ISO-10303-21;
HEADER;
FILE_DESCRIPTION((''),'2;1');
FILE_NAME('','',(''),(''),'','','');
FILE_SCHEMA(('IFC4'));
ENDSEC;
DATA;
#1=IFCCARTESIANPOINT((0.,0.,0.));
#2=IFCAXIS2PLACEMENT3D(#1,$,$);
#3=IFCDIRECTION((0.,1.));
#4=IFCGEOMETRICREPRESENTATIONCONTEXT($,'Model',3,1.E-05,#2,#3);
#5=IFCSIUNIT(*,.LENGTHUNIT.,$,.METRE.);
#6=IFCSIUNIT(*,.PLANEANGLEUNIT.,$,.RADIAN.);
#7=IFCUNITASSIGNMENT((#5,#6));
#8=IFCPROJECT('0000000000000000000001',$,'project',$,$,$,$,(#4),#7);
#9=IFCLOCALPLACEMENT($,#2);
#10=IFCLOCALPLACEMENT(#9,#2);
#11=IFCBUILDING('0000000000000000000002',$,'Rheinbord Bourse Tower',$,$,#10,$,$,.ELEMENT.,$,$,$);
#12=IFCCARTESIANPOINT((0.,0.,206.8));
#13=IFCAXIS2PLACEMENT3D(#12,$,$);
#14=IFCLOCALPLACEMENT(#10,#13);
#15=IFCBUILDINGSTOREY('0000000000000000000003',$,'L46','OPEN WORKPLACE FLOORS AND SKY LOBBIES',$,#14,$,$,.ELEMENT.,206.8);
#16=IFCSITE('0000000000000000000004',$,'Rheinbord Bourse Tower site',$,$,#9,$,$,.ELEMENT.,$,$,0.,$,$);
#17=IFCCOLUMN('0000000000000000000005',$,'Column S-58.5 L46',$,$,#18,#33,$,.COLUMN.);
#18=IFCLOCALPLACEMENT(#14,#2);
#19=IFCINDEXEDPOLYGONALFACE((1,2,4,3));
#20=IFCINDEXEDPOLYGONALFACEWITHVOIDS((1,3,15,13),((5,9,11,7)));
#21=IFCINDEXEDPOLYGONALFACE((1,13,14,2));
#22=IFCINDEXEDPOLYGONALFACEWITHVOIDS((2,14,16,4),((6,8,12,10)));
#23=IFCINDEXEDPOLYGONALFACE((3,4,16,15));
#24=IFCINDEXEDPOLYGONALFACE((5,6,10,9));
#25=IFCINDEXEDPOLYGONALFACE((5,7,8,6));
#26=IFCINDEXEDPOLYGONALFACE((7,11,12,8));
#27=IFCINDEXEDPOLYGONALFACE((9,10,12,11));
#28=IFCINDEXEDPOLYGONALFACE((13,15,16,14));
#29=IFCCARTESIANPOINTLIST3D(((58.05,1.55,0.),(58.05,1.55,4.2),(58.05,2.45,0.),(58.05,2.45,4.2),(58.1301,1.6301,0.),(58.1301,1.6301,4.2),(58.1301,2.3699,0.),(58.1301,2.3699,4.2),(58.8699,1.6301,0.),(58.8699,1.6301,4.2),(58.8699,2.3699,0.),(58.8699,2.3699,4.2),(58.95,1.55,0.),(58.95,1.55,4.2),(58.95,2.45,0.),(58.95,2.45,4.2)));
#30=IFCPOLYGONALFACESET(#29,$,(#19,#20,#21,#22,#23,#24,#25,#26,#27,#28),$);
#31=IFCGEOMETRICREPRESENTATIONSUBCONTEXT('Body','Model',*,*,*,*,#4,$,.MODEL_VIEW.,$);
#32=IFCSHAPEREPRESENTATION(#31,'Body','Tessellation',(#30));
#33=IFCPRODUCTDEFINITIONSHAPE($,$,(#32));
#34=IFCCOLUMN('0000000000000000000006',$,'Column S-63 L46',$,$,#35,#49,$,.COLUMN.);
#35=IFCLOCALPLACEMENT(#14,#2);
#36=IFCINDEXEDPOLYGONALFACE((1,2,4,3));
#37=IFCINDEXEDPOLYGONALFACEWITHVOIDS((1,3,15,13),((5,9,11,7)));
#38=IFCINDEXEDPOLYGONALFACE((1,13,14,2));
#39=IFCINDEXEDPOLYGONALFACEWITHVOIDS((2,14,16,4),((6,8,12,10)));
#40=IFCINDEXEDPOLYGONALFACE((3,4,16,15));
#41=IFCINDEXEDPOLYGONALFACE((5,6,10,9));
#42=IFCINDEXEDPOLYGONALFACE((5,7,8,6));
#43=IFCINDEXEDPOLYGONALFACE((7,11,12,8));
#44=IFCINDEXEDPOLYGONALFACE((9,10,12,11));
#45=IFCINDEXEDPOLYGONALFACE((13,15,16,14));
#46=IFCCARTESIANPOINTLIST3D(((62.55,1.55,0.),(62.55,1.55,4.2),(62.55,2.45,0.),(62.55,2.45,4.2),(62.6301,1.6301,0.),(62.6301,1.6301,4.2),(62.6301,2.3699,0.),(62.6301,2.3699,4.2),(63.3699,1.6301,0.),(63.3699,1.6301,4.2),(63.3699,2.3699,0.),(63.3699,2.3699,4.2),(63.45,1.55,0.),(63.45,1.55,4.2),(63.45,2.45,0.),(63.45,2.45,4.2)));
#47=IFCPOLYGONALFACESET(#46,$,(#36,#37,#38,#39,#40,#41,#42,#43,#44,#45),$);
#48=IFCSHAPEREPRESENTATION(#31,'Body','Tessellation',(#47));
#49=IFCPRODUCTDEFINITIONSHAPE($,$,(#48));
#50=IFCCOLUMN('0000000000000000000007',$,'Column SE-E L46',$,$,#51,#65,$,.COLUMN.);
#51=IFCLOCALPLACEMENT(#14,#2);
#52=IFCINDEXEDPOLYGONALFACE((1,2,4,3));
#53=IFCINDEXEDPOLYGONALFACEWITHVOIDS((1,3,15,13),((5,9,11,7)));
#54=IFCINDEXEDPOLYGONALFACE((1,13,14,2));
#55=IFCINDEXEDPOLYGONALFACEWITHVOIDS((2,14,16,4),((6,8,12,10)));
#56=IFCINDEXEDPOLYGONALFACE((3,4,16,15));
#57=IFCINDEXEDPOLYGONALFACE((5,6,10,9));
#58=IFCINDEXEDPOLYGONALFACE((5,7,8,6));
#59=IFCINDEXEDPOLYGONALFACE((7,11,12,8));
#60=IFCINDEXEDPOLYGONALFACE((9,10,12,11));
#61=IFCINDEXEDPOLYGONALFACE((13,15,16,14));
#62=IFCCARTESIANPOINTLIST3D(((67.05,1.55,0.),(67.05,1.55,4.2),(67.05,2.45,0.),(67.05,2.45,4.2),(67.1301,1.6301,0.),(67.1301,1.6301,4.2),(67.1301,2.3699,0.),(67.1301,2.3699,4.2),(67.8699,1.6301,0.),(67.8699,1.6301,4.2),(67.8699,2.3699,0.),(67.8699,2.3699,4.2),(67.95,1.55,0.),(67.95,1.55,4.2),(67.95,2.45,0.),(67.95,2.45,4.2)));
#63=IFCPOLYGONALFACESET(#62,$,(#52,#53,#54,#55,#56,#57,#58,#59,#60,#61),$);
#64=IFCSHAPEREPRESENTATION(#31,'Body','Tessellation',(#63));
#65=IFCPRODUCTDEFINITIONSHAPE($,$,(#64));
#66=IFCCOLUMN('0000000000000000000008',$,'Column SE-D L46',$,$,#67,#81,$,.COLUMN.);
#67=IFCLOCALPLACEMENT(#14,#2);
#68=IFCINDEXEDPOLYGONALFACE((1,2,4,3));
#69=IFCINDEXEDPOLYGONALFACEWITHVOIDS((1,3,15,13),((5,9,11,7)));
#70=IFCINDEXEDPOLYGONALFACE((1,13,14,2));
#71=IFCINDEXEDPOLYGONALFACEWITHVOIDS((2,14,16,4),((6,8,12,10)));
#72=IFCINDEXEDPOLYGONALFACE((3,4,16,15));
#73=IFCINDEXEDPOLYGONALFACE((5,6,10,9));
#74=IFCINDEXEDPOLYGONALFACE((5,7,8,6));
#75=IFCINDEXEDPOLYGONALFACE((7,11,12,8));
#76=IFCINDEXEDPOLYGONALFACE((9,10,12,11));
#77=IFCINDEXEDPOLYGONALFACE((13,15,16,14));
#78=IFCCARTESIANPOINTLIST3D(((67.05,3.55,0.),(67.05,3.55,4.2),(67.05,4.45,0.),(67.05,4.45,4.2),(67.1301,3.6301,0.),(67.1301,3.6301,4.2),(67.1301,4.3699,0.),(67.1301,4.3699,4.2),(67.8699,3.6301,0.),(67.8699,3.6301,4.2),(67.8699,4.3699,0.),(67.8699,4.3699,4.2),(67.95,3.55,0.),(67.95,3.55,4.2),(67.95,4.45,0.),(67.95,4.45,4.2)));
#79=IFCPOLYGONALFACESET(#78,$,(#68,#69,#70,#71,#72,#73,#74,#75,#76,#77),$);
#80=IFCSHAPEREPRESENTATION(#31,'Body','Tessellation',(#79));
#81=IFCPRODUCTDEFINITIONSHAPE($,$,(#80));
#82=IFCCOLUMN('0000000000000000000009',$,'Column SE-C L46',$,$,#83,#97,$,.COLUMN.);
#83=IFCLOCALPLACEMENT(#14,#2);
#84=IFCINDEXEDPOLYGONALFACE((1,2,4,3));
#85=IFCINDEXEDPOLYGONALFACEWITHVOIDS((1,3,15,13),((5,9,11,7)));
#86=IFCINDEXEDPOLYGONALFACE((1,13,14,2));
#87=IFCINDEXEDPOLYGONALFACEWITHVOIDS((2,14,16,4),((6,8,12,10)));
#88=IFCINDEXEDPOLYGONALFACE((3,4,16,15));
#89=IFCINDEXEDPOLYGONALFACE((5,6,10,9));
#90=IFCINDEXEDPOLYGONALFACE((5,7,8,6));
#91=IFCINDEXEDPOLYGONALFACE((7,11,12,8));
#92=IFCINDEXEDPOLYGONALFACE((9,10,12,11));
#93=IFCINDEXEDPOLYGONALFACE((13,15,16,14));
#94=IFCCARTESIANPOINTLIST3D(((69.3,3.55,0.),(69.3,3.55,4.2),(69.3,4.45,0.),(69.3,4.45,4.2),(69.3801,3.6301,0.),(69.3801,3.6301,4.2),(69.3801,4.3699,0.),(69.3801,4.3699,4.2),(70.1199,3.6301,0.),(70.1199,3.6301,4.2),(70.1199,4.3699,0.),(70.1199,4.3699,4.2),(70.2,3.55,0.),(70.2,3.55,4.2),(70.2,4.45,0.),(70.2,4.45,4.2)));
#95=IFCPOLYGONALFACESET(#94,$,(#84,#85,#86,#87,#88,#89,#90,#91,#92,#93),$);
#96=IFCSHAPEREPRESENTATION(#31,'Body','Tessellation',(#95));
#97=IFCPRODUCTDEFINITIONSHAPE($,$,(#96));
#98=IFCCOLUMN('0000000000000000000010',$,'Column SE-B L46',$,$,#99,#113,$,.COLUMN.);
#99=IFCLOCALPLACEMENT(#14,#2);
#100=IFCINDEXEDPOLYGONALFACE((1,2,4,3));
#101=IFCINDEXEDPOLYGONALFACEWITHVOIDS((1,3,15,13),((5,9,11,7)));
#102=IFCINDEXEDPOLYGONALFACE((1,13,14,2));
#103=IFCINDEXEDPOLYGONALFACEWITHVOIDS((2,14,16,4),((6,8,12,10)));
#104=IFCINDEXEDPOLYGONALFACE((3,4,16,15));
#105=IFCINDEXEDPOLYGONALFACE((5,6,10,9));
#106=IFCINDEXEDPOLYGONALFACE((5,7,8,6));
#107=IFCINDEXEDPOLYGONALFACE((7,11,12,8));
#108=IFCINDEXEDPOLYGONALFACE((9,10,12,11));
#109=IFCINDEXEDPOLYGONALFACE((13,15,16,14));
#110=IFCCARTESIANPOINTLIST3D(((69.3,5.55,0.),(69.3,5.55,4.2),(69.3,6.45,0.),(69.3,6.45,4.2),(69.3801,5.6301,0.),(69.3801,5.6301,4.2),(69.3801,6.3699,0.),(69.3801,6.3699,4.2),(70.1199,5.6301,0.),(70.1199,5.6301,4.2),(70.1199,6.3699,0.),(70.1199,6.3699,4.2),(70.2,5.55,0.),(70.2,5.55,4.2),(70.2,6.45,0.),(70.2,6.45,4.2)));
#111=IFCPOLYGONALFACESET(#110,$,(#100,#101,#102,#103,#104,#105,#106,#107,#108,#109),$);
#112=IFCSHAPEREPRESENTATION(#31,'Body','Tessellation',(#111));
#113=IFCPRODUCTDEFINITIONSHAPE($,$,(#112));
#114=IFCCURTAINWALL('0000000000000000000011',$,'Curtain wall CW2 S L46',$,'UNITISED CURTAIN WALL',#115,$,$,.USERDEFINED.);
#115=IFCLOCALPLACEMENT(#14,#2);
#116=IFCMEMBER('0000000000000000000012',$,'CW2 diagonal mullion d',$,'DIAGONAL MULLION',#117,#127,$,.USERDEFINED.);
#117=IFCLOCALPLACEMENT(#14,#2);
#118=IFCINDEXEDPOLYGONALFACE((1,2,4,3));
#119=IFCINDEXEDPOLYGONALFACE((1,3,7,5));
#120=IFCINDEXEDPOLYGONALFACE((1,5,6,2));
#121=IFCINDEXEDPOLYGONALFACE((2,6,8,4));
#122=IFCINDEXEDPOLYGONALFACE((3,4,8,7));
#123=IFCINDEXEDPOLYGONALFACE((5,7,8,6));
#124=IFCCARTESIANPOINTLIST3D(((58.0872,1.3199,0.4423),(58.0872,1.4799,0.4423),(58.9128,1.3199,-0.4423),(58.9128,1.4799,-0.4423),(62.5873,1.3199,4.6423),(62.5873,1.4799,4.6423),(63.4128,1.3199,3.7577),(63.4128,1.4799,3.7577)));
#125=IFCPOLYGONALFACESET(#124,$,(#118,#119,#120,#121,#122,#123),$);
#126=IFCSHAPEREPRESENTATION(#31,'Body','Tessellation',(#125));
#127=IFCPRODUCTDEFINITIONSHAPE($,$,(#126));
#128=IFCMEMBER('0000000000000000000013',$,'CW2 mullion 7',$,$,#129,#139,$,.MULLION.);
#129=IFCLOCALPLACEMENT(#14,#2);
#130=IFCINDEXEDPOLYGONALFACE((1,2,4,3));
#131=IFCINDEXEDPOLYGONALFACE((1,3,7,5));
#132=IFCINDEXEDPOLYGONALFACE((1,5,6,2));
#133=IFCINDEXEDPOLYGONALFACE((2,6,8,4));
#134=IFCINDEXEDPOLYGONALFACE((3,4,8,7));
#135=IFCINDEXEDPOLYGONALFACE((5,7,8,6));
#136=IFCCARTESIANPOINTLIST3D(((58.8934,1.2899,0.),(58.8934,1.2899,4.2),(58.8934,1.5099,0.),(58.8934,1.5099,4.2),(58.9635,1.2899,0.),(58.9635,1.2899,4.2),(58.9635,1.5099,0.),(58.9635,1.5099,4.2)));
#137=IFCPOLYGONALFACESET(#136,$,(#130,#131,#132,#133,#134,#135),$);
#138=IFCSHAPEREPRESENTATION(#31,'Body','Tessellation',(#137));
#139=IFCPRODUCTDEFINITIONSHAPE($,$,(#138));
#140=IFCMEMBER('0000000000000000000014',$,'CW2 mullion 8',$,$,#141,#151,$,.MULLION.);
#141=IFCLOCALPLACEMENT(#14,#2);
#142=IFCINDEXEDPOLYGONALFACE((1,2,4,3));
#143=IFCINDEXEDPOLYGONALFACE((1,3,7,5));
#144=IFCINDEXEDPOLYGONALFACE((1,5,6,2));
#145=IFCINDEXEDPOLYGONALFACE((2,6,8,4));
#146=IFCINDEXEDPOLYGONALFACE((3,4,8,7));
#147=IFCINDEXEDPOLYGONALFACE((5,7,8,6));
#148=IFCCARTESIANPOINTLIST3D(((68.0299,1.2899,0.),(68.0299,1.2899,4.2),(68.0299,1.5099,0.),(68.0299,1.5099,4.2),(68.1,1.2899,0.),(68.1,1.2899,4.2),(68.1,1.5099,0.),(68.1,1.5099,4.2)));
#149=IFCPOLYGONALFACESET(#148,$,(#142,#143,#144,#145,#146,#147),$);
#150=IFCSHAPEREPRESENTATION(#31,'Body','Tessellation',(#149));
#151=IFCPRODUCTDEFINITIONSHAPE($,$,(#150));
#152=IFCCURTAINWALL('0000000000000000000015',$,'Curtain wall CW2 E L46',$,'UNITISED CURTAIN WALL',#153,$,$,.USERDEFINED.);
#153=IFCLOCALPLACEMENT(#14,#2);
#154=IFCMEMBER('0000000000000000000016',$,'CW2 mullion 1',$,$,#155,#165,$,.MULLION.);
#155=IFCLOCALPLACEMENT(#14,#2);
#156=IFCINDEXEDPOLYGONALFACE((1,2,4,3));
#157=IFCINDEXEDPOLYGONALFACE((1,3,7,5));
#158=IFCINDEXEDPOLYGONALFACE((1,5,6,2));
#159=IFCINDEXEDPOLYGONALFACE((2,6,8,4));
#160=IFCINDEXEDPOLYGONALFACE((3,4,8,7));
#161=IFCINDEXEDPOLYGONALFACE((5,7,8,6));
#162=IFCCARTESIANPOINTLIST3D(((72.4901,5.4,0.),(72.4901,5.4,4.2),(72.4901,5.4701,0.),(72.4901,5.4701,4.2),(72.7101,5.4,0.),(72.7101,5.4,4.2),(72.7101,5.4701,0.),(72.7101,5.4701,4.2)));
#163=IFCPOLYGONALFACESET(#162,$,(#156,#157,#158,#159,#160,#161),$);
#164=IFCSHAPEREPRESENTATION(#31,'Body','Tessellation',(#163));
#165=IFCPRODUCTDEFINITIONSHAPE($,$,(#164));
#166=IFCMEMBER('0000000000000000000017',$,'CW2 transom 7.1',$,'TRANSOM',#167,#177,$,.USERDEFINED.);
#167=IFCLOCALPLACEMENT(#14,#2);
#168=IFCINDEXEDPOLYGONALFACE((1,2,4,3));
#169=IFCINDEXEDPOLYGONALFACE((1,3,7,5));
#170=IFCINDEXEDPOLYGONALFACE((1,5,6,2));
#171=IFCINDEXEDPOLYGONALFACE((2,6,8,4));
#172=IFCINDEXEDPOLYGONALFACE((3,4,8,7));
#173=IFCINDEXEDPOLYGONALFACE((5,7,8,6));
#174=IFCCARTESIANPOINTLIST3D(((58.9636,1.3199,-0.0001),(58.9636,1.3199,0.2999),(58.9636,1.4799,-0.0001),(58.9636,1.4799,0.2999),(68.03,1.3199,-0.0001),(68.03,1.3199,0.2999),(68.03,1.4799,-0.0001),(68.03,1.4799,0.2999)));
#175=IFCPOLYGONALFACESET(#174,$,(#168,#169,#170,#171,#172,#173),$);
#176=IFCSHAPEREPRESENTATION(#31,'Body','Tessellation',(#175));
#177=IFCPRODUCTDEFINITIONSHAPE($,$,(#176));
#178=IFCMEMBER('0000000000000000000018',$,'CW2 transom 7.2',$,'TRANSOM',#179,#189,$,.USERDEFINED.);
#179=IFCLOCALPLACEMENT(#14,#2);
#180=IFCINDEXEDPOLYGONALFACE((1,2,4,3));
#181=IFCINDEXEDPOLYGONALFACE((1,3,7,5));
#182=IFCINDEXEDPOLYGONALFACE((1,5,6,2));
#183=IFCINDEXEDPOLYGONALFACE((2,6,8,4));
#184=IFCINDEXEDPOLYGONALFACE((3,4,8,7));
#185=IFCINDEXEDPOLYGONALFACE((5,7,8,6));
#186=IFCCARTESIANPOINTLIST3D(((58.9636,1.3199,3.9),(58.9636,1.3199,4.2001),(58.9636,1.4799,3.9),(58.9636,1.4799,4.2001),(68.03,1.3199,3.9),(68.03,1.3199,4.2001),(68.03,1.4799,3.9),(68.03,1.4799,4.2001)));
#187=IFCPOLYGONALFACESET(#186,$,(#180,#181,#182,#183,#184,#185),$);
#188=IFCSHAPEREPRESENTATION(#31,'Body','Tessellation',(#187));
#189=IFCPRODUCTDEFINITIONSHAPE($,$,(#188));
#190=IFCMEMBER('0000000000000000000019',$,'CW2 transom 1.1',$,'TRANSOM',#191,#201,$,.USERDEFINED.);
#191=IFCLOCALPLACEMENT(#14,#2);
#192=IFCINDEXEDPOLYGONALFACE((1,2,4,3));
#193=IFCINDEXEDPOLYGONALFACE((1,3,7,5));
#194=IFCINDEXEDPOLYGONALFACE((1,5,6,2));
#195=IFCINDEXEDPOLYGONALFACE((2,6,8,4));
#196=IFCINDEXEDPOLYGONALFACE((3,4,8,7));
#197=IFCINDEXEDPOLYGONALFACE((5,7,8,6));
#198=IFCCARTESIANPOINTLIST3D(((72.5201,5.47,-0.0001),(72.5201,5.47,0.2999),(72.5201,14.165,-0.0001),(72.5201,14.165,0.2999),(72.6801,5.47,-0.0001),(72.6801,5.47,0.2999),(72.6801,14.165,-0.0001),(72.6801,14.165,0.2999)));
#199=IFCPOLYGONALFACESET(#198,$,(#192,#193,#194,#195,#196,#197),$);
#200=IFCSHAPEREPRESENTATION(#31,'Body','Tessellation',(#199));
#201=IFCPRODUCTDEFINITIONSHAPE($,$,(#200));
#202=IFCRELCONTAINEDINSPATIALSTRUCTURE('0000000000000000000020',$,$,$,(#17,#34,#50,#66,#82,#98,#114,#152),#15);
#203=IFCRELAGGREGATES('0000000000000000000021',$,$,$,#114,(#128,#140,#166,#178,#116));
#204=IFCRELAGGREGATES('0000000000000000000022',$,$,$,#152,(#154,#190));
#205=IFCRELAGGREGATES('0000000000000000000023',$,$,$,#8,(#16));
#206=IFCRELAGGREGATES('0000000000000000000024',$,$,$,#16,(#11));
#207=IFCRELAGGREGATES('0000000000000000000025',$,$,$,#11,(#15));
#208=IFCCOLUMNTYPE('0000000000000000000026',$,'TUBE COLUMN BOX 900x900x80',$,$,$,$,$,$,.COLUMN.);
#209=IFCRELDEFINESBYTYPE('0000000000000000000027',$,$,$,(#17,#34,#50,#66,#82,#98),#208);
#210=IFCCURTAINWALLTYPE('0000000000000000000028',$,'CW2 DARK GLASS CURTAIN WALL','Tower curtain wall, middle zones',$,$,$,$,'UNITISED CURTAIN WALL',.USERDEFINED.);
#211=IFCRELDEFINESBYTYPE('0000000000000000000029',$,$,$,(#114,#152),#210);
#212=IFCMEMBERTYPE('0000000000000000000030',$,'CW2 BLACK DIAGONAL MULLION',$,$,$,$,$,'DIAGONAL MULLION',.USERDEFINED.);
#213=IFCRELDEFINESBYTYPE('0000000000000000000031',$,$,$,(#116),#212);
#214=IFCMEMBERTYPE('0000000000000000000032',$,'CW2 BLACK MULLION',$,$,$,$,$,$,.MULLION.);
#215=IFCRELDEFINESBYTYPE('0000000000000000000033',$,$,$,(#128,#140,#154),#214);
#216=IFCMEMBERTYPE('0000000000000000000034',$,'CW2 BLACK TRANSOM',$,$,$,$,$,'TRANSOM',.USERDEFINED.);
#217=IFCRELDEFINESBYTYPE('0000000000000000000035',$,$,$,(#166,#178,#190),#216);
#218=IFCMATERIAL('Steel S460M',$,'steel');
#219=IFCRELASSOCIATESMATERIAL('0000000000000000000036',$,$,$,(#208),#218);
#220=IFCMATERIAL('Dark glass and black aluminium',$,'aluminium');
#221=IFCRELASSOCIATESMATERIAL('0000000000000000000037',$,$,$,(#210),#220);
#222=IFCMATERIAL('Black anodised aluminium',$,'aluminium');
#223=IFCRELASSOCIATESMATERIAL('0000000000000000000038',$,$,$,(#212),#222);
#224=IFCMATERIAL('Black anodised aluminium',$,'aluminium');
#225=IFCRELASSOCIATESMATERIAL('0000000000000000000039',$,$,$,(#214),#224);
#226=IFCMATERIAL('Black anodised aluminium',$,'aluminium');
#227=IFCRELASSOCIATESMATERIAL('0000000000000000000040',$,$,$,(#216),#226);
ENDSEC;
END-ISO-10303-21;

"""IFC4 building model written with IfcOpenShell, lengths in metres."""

from ifc_helpers import new_model, si_unit, direction, frame, origin, origin_2d, place, context, subcontext, project, spatial, rectangle, hollow_rectangle, extrude, material, material_profile, profile_set, type_object, element, aggregate, save


model = new_model("IFC4")

# Units and contexts
model_context = context("Model", 3, precision=1e-05, world=origin(), true_north=direction((0.0, 1.0)))
body_context = subcontext(model_context, "Body", "Model", "MODEL_VIEW")
ifc_project = project(units=[si_unit("LENGTHUNIT", "METRE"), si_unit("PLANEANGLEUNIT", "RADIAN")], contexts=[model_context])

# Site, building, storey
site_placement = place(None, origin())
site = spatial("IfcSite", under=ifc_project, at=site_placement, Name="Rheinbord Bourse Tower site", CompositionType="ELEMENT", RefElevation=0.0)
building_placement = place(site_placement, origin())
building = spatial("IfcBuilding", under=site, at=building_placement, Name="Rheinbord Bourse Tower", CompositionType="ELEMENT")
storey_placement = place(building_placement, frame((0.0, 0.0, 206.8)))
storey = spatial("IfcBuildingStorey", under=building, at=storey_placement, Name="L46", Description="OPEN WORKPLACE FLOORS AND SKY LOBBIES", CompositionType="ELEMENT", Elevation=206.8)

# Columns
ifc_material_1 = material(Name="Steel S460M", Category="steel")
ifc_material_profile_1 = material_profile(ifc_material_1, hollow_rectangle(XDim=0.8999, YDim=0.8999, WallThickness=0.0801, at=origin_2d()), Name="BOX 900x900x80")
ifc_profile_set_1 = profile_set([ifc_material_profile_1], Name="Steel S460M")
column_type = type_object("IfcColumnType", Name="TUBE COLUMN BOX 900x900x80", PredefinedType="COLUMN", material=ifc_profile_set_1)
for number, where, z_axis, x_axis, name in (
    (1, (58.5, 2.0, 0.0), (0.0, 0.0, 1.0), (0.0, 1.0, 0.0), "Column S-58.5 L46"),
    (2, (63.0, 2.0, 0.0), (0.0, 0.0, 1.0), (0.0, 1.0, 0.0), "Column S-63 L46"),
    (3, (67.5, 2.0, 0.0), (0.0, 0.0, 1.0), (0.0, 1.0, 0.0), "Column SE-E L46"),
    (4, (67.5, 4.0, 0.0), (0.0, 0.0, 1.0), (0.0, 1.0, 0.0), "Column SE-D L46"),
    (5, (69.75, 4.0, 0.0), (0.0, 0.0, 1.0), (1.0, 0.0, 0.0), "Column SE-C L46"),
    (6, (69.75, 6.0, 0.0), (0.0, 0.0, 1.0), (1.0, 0.0, 0.0), "Column SE-B L46"),
):
    element("IfcColumn", number, at=place(storey_placement, frame(where, z_axis=z_axis, x_axis=x_axis)), inside=storey, type_object=column_type, Name=name, PredefinedType="COLUMN", context=body_context, shape_type="SweptSolid", body=[
        extrude(hollow_rectangle(XDim=0.8999, YDim=0.8999, WallThickness=0.0801, at=origin_2d()), origin(), (0.0, 0.0, 1.0), 4.2),
    ])

# Curtain wall, members
ifc_material_2 = material(Name="Dark glass and black aluminium", Category="aluminium")
curtain_wall_type = type_object("IfcCurtainWallType", Name="CW2 DARK GLASS CURTAIN WALL", Description="Tower curtain wall, middle zones", ElementType="UNITISED CURTAIN WALL", PredefinedType="USERDEFINED", material=ifc_material_2)
curtain_wall_1_placement = place(storey_placement, origin())
curtain_wall_1 = element("IfcCurtainWall", 7, at=curtain_wall_1_placement, inside=storey, type_object=curtain_wall_type, Name="Curtain wall CW2 S L46", ObjectType="UNITISED CURTAIN WALL", PredefinedType="USERDEFINED")
ifc_material_3 = material(Name="Black anodised aluminium", Category="aluminium")
ifc_material_profile_2 = material_profile(ifc_material_3, rectangle(XDim=0.1599, YDim=1.21, at=origin_2d()), Name="CW2 DIAGONAL MULLION 1210x160")
ifc_profile_set_2 = profile_set([ifc_material_profile_2], Name="Black anodised aluminium")
member_type_1 = type_object("IfcMemberType", Name="CW2 BLACK DIAGONAL MULLION", ElementType="DIAGONAL MULLION", PredefinedType="USERDEFINED", material=ifc_profile_set_2)
member_1_placement = place(storey_placement, frame((58.5, 1.3999, 0.0), z_axis=(0.731059, 0.0, 0.682314), x_axis=(0.0, 1.0, 0.0)))
member_1 = element("IfcMember", 8, at=member_1_placement, type_object=member_type_1, Name="CW2 diagonal mullion d", ObjectType="DIAGONAL MULLION", PredefinedType="USERDEFINED", context=body_context, shape_type="SweptSolid", body=[
    extrude(rectangle(XDim=0.1599, YDim=1.21, at=origin_2d()), origin(), (0.0, 0.0, 1.0), 6.1555),
])
ifc_material_4 = material(Name="Black anodised aluminium", Category="aluminium")
ifc_material_profile_3 = material_profile(ifc_material_4, rectangle(XDim=0.22, YDim=0.0701, at=origin_2d()), Name="CW2 MULLION 70x220")
ifc_profile_set_3 = profile_set([ifc_material_profile_3], Name="Black anodised aluminium")
member_type_2 = type_object("IfcMemberType", Name="CW2 BLACK MULLION", PredefinedType="MULLION", material=ifc_profile_set_3)
member_2_placement = place(storey_placement, frame((58.9285, 1.3999, 0.0), z_axis=(0.0, 0.0, 1.0), x_axis=(0.0, 1.0, 0.0)))
member_2 = element("IfcMember", 9, at=member_2_placement, type_object=member_type_2, Name="CW2 mullion 7", PredefinedType="MULLION", context=body_context, shape_type="SweptSolid", body=[
    extrude(rectangle(XDim=0.22, YDim=0.0701, at=origin_2d()), origin(), (0.0, 0.0, 1.0), 4.2),
])
member_3_placement = place(storey_placement, frame((68.0649, 1.3999, 0.0), z_axis=(0.0, 0.0, 1.0), x_axis=(0.0, 1.0, 0.0)))
member_3 = element("IfcMember", 10, at=member_3_placement, type_object=member_type_2, Name="CW2 mullion 8", PredefinedType="MULLION", context=body_context, shape_type="SweptSolid", body=[
    extrude(rectangle(XDim=0.22, YDim=0.0701, at=origin_2d()), origin(), (0.0, 0.0, 1.0), 4.2),
])

# Curtain wall, member
curtain_wall_2_placement = place(storey_placement, origin())
curtain_wall_2 = element("IfcCurtainWall", 11, at=curtain_wall_2_placement, inside=storey, type_object=curtain_wall_type, Name="Curtain wall CW2 E L46", ObjectType="UNITISED CURTAIN WALL", PredefinedType="USERDEFINED")
member_4_placement = place(storey_placement, frame((72.6001, 5.4351, 0.0), z_axis=(0.0, 0.0, 1.0), x_axis=(-1.0, 0.0, 0.0)))
member_4 = element("IfcMember", 12, at=member_4_placement, type_object=member_type_2, Name="CW2 mullion 1", PredefinedType="MULLION", context=body_context, shape_type="SweptSolid", body=[
    extrude(rectangle(XDim=0.22, YDim=0.0701, at=origin_2d()), origin(), (0.0, 0.0, 1.0), 4.2),
])

# Members
ifc_material_5 = material(Name="Black anodised aluminium", Category="aluminium")
ifc_material_profile_4 = material_profile(ifc_material_5, rectangle(XDim=0.1599, YDim=0.3, at=origin_2d()), Name="CW2 TRANSOM 300x160")
ifc_profile_set_4 = profile_set([ifc_material_profile_4], Name="Black anodised aluminium")
member_type_3 = type_object("IfcMemberType", Name="CW2 BLACK TRANSOM", ElementType="TRANSOM", PredefinedType="USERDEFINED", material=ifc_profile_set_4)
member_5_placement = place(storey_placement, frame((58.9636, 1.3999, 0.1499), z_axis=(1.0, 0.0, 0.0), x_axis=(0.0, 1.0, 0.0)))
member_5 = element("IfcMember", 13, at=member_5_placement, type_object=member_type_3, Name="CW2 transom 7.1", ObjectType="TRANSOM", PredefinedType="USERDEFINED", context=body_context, shape_type="SweptSolid", body=[
    extrude(rectangle(XDim=0.1599, YDim=0.3, at=origin_2d()), origin(), (0.0, 0.0, 1.0), 9.0664),
])
member_6_placement = place(storey_placement, frame((58.9636, 1.3999, 4.05), z_axis=(1.0, 0.0, 0.0), x_axis=(0.0, 1.0, 0.0)))
member_6 = element("IfcMember", 14, at=member_6_placement, type_object=member_type_3, Name="CW2 transom 7.2", ObjectType="TRANSOM", PredefinedType="USERDEFINED", context=body_context, shape_type="SweptSolid", body=[
    extrude(rectangle(XDim=0.1599, YDim=0.3, at=origin_2d()), origin(), (0.0, 0.0, 1.0), 9.0664),
])
member_7_placement = place(storey_placement, frame((72.6001, 5.47, 0.1499), z_axis=(0.0, 1.0, 0.0), x_axis=(-1.0, 0.0, 0.0)))
member_7 = element("IfcMember", 15, at=member_7_placement, type_object=member_type_3, Name="CW2 transom 1.1", ObjectType="TRANSOM", PredefinedType="USERDEFINED", context=body_context, shape_type="SweptSolid", body=[
    extrude(rectangle(XDim=0.1599, YDim=0.3, at=origin_2d()), origin(), (0.0, 0.0, 1.0), 8.6951),
])

aggregate(curtain_wall_1, [member_2, member_3, member_5, member_6, member_1])
aggregate(curtain_wall_2, [member_4, member_7])

save(model, "model.ifc")
